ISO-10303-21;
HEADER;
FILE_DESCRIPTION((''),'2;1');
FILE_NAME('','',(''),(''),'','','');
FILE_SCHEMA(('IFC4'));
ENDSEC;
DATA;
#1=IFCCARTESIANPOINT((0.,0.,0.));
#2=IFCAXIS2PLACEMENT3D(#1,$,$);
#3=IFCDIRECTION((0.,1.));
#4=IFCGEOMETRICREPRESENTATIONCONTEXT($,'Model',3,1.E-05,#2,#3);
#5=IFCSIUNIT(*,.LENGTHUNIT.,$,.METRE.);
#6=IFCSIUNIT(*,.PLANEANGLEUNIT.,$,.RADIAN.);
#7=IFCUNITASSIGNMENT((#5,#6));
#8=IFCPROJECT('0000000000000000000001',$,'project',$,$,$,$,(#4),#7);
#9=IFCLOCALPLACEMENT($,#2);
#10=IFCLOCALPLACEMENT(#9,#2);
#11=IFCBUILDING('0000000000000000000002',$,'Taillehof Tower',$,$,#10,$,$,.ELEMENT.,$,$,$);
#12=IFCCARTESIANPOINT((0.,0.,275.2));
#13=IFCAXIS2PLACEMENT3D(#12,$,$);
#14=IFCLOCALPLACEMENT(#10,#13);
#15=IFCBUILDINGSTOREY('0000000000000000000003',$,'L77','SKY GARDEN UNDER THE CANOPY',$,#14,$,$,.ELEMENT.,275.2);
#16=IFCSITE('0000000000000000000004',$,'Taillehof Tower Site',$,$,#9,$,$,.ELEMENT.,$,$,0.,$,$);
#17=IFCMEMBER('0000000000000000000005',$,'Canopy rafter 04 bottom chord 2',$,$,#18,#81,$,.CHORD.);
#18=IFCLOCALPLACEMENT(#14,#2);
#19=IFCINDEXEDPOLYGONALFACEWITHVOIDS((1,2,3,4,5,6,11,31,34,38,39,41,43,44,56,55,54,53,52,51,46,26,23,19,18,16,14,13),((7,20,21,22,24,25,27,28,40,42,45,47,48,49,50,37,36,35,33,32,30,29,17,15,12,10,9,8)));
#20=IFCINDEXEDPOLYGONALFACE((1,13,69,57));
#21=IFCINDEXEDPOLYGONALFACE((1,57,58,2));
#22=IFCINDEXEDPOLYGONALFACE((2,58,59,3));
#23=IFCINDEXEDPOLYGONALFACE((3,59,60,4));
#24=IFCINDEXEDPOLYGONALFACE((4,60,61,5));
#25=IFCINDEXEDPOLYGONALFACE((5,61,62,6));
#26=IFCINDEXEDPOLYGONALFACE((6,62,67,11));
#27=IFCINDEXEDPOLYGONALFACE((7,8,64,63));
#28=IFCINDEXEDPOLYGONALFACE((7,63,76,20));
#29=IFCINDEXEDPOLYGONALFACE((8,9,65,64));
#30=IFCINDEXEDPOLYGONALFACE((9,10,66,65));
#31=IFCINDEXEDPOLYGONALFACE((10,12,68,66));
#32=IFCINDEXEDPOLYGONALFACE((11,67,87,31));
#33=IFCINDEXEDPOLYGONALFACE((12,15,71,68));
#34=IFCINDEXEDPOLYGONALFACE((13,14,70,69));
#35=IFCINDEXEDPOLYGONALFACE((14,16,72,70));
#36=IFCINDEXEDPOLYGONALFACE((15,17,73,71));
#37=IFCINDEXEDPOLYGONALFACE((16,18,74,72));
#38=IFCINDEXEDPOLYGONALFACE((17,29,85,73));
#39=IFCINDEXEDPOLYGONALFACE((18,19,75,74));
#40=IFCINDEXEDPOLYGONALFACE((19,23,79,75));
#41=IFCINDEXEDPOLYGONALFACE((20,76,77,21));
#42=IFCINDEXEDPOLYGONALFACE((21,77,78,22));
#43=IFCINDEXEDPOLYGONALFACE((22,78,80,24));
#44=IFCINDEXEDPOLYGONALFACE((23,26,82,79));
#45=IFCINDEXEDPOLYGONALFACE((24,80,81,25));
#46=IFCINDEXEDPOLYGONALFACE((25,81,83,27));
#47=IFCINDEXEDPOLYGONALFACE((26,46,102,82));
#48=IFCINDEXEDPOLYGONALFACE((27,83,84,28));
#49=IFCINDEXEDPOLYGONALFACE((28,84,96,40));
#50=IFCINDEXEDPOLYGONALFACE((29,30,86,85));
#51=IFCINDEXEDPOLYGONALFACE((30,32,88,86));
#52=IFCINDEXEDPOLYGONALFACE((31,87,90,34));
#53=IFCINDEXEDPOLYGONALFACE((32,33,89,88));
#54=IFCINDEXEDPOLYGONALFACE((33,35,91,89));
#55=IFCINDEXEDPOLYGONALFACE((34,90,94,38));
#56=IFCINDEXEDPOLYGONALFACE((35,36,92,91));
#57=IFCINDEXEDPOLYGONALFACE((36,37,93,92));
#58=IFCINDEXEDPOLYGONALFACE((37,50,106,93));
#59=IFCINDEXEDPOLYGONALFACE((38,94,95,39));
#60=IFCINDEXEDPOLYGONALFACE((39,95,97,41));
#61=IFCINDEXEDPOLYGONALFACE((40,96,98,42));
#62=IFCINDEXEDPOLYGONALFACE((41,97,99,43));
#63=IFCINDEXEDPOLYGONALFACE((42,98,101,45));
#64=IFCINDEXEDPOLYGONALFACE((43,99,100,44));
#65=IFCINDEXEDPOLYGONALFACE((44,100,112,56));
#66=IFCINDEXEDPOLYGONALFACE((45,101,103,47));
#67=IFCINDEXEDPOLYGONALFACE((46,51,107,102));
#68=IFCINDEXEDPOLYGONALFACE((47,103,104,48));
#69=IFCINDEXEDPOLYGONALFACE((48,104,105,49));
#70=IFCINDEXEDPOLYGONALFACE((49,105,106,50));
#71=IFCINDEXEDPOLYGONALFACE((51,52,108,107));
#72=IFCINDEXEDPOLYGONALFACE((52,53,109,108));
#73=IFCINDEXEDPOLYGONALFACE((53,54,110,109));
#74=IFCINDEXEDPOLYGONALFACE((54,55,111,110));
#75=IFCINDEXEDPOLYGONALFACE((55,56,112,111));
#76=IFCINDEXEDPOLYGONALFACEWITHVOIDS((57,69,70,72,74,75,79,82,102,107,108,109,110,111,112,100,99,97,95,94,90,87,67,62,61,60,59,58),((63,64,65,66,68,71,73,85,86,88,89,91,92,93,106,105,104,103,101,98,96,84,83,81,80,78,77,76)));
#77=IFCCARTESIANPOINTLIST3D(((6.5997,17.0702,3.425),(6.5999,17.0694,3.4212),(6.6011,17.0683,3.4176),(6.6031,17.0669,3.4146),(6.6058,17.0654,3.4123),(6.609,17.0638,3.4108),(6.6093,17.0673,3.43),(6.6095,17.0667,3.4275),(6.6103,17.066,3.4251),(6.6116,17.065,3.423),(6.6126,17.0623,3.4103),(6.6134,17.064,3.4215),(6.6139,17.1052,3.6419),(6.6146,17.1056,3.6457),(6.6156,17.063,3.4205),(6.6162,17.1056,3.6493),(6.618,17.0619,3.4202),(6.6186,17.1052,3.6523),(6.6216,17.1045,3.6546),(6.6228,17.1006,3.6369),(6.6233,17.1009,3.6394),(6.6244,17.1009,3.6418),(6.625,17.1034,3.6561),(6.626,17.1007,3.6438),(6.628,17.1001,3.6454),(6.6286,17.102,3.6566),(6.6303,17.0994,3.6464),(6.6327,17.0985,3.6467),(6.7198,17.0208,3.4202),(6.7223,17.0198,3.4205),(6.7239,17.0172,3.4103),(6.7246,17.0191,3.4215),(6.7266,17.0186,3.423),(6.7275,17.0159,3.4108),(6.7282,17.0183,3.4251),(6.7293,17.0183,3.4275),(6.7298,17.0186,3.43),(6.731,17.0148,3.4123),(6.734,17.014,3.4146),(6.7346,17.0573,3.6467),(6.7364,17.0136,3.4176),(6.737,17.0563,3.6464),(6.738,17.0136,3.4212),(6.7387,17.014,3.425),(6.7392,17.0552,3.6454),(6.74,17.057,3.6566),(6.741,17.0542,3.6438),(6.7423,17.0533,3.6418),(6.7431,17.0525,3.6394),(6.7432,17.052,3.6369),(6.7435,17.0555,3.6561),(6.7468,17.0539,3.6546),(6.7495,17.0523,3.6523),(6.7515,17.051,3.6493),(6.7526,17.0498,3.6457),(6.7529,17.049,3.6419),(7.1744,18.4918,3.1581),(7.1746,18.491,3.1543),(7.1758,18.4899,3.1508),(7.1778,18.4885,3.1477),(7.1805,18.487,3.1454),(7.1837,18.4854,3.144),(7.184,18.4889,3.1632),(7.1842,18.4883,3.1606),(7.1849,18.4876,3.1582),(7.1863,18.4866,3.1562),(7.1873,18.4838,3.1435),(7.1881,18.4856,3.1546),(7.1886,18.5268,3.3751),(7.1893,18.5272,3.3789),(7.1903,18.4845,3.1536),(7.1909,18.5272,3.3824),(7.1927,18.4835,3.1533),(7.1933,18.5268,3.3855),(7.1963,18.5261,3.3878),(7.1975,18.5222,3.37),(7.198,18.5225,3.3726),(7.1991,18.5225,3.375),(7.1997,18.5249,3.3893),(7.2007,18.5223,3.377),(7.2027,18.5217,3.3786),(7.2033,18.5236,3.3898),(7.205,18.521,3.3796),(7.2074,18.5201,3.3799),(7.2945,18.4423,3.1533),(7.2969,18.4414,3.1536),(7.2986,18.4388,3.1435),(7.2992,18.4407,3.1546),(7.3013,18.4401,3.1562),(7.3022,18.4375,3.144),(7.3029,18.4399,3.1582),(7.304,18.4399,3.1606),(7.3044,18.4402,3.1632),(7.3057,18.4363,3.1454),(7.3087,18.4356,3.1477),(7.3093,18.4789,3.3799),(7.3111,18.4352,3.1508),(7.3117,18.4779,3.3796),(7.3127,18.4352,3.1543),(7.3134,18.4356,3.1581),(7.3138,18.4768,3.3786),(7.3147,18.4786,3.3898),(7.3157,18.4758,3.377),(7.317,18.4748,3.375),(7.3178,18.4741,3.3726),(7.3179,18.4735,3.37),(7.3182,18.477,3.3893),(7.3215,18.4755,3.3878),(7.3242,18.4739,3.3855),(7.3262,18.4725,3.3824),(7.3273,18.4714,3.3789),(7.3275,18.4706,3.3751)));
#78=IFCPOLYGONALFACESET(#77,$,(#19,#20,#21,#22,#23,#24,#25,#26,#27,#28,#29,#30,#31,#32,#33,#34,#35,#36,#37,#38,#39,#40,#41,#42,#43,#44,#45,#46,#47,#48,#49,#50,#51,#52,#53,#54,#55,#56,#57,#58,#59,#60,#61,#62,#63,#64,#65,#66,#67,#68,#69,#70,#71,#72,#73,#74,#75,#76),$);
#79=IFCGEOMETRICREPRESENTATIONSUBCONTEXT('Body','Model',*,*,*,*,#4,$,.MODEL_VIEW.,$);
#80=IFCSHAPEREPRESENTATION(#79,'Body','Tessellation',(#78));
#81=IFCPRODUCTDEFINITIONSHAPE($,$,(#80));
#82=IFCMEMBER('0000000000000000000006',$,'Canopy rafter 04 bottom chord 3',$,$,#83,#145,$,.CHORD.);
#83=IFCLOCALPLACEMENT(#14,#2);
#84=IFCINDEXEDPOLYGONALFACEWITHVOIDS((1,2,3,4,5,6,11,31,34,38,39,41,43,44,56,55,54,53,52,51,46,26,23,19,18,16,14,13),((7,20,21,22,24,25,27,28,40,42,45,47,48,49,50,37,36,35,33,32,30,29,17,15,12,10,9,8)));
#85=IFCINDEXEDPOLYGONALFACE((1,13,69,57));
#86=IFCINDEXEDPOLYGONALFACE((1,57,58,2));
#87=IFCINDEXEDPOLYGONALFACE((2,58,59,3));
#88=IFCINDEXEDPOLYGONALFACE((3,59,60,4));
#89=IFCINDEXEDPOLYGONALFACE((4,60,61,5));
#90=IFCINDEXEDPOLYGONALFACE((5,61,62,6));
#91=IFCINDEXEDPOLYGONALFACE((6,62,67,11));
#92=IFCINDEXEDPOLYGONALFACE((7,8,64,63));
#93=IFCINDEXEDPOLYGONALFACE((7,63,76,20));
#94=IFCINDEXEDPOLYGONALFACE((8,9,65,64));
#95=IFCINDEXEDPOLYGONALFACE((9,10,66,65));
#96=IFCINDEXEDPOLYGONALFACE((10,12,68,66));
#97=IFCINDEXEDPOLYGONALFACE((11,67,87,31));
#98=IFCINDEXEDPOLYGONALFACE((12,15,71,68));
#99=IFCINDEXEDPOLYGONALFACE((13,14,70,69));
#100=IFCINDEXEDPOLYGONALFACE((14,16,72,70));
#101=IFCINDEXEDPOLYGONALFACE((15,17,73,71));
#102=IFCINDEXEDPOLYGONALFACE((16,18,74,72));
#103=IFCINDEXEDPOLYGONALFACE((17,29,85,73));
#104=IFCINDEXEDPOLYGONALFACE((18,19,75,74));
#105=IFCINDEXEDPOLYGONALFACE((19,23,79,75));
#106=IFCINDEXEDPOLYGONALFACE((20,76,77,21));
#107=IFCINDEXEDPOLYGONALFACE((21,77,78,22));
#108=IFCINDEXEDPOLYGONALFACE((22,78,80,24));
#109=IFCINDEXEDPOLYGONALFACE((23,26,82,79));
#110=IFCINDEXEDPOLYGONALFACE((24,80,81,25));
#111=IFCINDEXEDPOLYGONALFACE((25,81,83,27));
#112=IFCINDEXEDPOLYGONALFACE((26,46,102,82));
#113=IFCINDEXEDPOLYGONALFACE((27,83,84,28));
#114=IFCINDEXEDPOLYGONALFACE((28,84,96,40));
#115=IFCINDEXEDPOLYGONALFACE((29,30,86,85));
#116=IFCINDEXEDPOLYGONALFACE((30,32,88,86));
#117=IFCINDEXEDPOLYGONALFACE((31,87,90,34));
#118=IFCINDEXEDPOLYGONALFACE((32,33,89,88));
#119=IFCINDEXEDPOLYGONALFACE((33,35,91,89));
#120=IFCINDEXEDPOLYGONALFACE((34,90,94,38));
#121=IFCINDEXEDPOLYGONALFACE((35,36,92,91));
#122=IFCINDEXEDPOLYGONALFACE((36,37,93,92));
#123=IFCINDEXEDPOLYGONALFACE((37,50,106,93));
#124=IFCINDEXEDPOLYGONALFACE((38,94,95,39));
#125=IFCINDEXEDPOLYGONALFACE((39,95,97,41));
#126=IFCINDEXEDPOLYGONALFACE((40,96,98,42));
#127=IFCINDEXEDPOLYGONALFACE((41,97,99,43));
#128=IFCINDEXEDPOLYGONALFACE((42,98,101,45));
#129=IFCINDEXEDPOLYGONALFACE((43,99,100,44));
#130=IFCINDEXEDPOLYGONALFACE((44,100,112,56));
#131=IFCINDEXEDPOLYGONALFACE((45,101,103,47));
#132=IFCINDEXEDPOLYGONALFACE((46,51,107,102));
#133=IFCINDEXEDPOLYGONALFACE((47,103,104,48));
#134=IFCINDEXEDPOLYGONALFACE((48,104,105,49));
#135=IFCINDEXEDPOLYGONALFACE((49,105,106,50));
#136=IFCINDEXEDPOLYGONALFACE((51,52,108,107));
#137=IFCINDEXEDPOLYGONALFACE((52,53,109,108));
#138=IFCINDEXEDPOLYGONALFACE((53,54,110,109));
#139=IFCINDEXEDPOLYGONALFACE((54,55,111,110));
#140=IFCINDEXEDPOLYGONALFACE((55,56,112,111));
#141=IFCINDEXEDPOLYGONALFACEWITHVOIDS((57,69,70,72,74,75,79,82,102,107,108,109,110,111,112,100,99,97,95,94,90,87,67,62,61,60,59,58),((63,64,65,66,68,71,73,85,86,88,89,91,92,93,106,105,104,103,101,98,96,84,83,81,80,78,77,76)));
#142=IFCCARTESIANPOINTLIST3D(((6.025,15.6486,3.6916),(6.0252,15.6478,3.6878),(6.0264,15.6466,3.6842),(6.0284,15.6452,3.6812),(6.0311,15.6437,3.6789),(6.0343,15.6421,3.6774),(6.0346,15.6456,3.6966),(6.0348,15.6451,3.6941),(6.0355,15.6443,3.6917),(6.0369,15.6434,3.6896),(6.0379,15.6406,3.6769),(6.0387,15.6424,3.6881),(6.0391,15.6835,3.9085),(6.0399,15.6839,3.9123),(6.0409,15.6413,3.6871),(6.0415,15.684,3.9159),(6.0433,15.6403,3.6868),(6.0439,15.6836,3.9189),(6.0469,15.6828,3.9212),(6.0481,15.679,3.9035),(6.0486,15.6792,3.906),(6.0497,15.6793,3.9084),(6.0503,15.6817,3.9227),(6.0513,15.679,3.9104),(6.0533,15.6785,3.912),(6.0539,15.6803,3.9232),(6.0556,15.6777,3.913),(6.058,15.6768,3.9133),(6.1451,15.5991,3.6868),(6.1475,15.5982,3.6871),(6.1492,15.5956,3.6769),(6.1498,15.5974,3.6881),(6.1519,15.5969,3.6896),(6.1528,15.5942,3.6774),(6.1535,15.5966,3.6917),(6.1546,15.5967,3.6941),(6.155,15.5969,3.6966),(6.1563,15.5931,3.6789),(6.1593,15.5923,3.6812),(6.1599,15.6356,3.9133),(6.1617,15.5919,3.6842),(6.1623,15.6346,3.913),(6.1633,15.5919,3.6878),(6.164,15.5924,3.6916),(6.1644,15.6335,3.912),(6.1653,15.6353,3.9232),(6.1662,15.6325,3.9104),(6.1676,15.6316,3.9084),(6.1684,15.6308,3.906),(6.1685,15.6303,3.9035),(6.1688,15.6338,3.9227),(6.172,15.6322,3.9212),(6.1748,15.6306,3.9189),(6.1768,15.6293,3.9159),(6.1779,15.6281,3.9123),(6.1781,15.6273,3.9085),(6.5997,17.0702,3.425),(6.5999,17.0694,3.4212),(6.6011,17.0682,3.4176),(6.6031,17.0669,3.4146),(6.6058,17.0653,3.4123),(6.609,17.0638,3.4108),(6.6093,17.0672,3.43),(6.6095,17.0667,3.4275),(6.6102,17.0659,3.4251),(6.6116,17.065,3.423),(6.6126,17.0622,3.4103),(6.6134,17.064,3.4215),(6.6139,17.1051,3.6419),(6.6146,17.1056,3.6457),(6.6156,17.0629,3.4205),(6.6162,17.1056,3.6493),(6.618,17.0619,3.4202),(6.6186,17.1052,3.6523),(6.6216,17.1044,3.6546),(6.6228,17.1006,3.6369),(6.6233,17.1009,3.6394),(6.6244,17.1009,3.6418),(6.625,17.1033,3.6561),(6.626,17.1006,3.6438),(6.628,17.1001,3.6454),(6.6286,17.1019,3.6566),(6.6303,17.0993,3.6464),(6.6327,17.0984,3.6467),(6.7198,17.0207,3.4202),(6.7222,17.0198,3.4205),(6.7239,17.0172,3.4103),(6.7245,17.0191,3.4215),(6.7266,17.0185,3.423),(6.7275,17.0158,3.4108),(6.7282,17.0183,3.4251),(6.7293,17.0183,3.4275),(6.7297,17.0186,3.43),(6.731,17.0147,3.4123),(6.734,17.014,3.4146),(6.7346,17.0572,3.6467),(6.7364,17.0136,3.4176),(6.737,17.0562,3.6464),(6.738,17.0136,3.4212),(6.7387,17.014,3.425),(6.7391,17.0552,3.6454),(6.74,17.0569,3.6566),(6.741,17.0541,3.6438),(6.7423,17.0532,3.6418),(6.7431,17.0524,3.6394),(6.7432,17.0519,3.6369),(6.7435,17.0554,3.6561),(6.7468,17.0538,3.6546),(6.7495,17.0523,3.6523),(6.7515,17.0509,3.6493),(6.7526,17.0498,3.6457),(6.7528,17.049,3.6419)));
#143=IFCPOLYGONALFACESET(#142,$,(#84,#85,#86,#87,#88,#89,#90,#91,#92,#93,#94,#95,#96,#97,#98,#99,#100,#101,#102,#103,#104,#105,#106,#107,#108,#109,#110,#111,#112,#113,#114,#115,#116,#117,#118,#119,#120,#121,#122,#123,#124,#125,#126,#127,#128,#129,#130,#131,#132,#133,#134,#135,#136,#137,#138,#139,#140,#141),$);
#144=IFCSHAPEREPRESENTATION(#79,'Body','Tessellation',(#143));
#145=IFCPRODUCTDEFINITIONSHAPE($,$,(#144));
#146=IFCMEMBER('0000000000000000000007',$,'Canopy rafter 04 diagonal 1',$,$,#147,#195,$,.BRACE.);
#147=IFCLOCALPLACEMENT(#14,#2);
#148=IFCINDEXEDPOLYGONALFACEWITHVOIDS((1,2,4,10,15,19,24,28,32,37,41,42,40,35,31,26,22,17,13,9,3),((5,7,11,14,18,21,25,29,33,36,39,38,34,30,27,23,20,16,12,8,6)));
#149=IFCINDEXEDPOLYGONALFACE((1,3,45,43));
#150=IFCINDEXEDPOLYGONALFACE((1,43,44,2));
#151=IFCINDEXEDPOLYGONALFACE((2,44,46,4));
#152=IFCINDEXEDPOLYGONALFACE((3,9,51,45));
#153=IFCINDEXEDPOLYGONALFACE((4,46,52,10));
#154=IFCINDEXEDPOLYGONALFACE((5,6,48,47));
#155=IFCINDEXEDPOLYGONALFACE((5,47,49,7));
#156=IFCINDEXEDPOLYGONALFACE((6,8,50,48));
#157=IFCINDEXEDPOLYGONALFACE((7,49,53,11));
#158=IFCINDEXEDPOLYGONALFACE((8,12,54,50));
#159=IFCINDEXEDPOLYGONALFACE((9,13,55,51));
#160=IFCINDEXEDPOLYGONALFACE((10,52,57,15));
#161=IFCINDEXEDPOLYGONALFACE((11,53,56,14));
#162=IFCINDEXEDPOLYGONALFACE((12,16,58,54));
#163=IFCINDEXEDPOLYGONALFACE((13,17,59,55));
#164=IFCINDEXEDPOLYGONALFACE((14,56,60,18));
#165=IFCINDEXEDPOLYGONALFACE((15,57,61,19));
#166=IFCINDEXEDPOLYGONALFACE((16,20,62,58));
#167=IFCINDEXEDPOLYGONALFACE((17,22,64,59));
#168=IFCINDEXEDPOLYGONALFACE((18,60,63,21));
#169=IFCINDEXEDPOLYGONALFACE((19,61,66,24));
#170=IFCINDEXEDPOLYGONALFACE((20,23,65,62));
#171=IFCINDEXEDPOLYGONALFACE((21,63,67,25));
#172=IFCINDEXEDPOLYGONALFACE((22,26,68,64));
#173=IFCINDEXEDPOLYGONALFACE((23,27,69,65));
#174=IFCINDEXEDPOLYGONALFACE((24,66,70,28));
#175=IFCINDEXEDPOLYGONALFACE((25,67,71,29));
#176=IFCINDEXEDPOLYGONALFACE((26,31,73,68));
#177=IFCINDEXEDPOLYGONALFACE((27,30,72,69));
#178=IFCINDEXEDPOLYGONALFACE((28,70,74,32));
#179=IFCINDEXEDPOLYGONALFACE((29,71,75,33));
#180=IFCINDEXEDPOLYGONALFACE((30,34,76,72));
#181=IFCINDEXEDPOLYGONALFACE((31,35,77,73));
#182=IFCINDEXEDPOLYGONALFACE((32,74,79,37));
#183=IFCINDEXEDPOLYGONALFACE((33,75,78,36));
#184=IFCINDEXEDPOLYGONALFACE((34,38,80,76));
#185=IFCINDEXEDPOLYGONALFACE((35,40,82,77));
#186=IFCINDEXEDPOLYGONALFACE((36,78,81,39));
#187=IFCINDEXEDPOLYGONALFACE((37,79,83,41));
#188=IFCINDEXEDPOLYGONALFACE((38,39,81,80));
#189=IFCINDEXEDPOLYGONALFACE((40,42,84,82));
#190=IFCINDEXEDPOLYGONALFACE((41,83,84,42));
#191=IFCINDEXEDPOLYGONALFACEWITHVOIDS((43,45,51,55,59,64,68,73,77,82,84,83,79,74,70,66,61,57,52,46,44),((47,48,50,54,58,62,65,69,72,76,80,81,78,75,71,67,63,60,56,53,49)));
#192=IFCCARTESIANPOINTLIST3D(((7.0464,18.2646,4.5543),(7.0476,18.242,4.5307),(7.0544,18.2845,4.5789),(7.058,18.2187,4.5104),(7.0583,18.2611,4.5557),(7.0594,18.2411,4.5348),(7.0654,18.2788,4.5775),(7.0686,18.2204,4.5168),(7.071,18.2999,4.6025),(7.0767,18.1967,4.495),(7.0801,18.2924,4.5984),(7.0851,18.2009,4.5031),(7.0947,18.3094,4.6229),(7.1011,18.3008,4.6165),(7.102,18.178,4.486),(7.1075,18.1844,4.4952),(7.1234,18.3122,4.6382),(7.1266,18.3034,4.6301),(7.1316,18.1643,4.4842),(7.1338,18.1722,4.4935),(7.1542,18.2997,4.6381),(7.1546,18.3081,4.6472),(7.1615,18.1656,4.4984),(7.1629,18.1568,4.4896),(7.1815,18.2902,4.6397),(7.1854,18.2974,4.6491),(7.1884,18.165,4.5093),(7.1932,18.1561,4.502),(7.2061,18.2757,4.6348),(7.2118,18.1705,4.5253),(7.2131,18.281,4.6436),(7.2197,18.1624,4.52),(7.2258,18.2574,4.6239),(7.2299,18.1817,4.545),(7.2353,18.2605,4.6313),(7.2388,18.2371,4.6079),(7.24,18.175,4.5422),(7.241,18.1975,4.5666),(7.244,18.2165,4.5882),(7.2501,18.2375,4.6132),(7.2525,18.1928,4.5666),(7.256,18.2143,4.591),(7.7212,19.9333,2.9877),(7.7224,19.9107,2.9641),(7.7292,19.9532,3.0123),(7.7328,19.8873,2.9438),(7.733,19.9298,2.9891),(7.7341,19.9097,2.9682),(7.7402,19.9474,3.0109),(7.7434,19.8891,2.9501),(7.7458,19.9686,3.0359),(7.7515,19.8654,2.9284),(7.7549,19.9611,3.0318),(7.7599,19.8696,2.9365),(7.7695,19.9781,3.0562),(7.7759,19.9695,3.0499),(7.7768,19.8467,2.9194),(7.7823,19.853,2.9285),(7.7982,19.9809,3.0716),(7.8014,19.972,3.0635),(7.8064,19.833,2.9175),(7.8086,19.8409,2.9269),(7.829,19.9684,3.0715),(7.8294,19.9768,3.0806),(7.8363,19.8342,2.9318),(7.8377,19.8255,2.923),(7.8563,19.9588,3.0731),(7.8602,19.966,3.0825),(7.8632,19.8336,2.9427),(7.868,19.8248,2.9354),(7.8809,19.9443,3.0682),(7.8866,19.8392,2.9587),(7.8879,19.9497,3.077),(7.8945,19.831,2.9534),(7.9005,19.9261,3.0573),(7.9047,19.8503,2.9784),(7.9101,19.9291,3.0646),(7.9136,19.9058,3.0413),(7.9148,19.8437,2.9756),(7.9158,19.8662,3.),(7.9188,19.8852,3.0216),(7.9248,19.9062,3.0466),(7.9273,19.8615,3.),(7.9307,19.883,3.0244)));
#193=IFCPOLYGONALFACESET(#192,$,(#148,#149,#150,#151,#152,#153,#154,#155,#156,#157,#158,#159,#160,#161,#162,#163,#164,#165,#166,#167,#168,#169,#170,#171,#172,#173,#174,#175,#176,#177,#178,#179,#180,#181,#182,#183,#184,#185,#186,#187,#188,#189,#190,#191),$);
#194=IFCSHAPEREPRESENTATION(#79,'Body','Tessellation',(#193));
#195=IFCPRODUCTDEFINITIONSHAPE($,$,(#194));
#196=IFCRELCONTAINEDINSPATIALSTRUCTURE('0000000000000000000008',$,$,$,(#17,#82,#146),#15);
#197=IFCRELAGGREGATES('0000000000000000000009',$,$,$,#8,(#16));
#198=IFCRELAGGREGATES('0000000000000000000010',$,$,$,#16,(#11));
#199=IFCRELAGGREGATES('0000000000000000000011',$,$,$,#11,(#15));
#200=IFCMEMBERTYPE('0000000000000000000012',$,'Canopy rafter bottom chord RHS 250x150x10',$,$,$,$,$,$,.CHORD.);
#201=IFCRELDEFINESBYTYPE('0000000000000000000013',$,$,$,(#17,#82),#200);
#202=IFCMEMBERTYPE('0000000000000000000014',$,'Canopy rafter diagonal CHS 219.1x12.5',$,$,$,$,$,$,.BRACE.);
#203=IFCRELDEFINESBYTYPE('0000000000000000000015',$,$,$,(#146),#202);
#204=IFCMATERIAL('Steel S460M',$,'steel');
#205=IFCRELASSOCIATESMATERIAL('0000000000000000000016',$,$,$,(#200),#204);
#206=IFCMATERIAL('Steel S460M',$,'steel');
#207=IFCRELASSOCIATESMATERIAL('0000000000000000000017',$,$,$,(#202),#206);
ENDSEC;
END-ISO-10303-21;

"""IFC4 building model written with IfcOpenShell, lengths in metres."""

from ifc_helpers import new_model, si_unit, direction, frame, origin, origin_2d, place, context, subcontext, project, spatial, hollow_rectangle, hollow_circle, extrude, material, material_profile, profile_set, type_object, element, save


model = new_model("IFC4")

# Units and contexts
model_context = context("Model", 3, precision=1e-05, world=origin(), true_north=direction((0.0, 1.0)))
body_context = subcontext(model_context, "Body", "Model", "MODEL_VIEW")
ifc_project = project(units=[si_unit("LENGTHUNIT", "METRE"), si_unit("PLANEANGLEUNIT", "RADIAN")], contexts=[model_context])

# Site, building, storey
site_placement = place(None, origin())
site = spatial("IfcSite", under=ifc_project, at=site_placement, Name="Taillehof Tower Site", CompositionType="ELEMENT", RefElevation=0.0)
building_placement = place(site_placement, origin())
building = spatial("IfcBuilding", under=site, at=building_placement, Name="Taillehof Tower", CompositionType="ELEMENT")
storey_placement = place(building_placement, frame((0.0, 0.0, 275.2)))
storey = spatial("IfcBuildingStorey", under=building, at=storey_placement, Name="L77", Description="SKY GARDEN UNDER THE CANOPY", CompositionType="ELEMENT", Elevation=275.2)

# Members
ifc_material_1 = material(Name="Steel S460M", Category="steel")
ifc_material_profile_1 = material_profile(ifc_material_1, hollow_rectangle(XDim=0.1499, YDim=0.25, WallThickness=0.01, InnerFilletRadius=0.01, OuterFilletRadius=0.0149, at=origin_2d()), Name="RHS 250x150x10")
ifc_profile_set_1 = profile_set([ifc_material_profile_1], Name="Steel S460M")
member_type_1 = type_object("IfcMemberType", Name="Canopy rafter bottom chord RHS 250x150x10", PredefinedType="CHORD", material=ifc_profile_set_1)
for number, where, z_axis, x_axis, name in (
    (1, (7.251, 18.4812, 3.2666), (-0.369243, -0.913382, 0.171445), (0.927109, -0.374792, 0.0), "Canopy rafter 04 bottom chord 2"),
    (2, (6.6763, 17.0596, 3.5334), (-0.369253, -0.913406, 0.171293), (0.927109, -0.374792, 0.0), "Canopy rafter 04 bottom chord 3"),
):
    element("IfcMember", number, at=place(storey_placement, frame(where, z_axis=z_axis, x_axis=x_axis)), inside=storey, type_object=member_type_1, Name=name, PredefinedType="CHORD", context=body_context, shape_type="SweptSolid", body=[
        extrude(hollow_rectangle(XDim=0.1499, YDim=0.25, WallThickness=0.01, InnerFilletRadius=0.01, OuterFilletRadius=0.0149, at=origin_2d()), origin(), (0.0, 0.0, 1.0), 1.5564),
    ])
ifc_material_2 = material(Name="Steel S460M", Category="steel")
ifc_material_profile_2 = material_profile(ifc_material_2, hollow_circle(Radius=0.1096, WallThickness=0.0125, at=origin_2d()), Name="CHS 219.1x12.5")
ifc_profile_set_2 = profile_set([ifc_material_profile_2], Name="Steel S460M")
member_type_2 = type_object("IfcMemberType", Name="Canopy rafter diagonal CHS 219.1x12.5", PredefinedType="BRACE", material=ifc_profile_set_2)
member_1_placement = place(storey_placement, frame((7.8257, 19.9026, 3.0), z_axis=(-0.282786, -0.699291, 0.656525), x_axis=(0.927067, -0.374896, 0.0)))
element("IfcMember", 3, at=member_1_placement, inside=storey, type_object=member_type_2, Name="Canopy rafter 04 diagonal 1", PredefinedType="BRACE", context=body_context, shape_type="SweptSolid", body=[
    extrude(hollow_circle(Radius=0.1096, WallThickness=0.0125, at=origin_2d()), origin(), (0.0, 0.0, 1.0), 2.3862),
])

save(model, "model.ifc")
